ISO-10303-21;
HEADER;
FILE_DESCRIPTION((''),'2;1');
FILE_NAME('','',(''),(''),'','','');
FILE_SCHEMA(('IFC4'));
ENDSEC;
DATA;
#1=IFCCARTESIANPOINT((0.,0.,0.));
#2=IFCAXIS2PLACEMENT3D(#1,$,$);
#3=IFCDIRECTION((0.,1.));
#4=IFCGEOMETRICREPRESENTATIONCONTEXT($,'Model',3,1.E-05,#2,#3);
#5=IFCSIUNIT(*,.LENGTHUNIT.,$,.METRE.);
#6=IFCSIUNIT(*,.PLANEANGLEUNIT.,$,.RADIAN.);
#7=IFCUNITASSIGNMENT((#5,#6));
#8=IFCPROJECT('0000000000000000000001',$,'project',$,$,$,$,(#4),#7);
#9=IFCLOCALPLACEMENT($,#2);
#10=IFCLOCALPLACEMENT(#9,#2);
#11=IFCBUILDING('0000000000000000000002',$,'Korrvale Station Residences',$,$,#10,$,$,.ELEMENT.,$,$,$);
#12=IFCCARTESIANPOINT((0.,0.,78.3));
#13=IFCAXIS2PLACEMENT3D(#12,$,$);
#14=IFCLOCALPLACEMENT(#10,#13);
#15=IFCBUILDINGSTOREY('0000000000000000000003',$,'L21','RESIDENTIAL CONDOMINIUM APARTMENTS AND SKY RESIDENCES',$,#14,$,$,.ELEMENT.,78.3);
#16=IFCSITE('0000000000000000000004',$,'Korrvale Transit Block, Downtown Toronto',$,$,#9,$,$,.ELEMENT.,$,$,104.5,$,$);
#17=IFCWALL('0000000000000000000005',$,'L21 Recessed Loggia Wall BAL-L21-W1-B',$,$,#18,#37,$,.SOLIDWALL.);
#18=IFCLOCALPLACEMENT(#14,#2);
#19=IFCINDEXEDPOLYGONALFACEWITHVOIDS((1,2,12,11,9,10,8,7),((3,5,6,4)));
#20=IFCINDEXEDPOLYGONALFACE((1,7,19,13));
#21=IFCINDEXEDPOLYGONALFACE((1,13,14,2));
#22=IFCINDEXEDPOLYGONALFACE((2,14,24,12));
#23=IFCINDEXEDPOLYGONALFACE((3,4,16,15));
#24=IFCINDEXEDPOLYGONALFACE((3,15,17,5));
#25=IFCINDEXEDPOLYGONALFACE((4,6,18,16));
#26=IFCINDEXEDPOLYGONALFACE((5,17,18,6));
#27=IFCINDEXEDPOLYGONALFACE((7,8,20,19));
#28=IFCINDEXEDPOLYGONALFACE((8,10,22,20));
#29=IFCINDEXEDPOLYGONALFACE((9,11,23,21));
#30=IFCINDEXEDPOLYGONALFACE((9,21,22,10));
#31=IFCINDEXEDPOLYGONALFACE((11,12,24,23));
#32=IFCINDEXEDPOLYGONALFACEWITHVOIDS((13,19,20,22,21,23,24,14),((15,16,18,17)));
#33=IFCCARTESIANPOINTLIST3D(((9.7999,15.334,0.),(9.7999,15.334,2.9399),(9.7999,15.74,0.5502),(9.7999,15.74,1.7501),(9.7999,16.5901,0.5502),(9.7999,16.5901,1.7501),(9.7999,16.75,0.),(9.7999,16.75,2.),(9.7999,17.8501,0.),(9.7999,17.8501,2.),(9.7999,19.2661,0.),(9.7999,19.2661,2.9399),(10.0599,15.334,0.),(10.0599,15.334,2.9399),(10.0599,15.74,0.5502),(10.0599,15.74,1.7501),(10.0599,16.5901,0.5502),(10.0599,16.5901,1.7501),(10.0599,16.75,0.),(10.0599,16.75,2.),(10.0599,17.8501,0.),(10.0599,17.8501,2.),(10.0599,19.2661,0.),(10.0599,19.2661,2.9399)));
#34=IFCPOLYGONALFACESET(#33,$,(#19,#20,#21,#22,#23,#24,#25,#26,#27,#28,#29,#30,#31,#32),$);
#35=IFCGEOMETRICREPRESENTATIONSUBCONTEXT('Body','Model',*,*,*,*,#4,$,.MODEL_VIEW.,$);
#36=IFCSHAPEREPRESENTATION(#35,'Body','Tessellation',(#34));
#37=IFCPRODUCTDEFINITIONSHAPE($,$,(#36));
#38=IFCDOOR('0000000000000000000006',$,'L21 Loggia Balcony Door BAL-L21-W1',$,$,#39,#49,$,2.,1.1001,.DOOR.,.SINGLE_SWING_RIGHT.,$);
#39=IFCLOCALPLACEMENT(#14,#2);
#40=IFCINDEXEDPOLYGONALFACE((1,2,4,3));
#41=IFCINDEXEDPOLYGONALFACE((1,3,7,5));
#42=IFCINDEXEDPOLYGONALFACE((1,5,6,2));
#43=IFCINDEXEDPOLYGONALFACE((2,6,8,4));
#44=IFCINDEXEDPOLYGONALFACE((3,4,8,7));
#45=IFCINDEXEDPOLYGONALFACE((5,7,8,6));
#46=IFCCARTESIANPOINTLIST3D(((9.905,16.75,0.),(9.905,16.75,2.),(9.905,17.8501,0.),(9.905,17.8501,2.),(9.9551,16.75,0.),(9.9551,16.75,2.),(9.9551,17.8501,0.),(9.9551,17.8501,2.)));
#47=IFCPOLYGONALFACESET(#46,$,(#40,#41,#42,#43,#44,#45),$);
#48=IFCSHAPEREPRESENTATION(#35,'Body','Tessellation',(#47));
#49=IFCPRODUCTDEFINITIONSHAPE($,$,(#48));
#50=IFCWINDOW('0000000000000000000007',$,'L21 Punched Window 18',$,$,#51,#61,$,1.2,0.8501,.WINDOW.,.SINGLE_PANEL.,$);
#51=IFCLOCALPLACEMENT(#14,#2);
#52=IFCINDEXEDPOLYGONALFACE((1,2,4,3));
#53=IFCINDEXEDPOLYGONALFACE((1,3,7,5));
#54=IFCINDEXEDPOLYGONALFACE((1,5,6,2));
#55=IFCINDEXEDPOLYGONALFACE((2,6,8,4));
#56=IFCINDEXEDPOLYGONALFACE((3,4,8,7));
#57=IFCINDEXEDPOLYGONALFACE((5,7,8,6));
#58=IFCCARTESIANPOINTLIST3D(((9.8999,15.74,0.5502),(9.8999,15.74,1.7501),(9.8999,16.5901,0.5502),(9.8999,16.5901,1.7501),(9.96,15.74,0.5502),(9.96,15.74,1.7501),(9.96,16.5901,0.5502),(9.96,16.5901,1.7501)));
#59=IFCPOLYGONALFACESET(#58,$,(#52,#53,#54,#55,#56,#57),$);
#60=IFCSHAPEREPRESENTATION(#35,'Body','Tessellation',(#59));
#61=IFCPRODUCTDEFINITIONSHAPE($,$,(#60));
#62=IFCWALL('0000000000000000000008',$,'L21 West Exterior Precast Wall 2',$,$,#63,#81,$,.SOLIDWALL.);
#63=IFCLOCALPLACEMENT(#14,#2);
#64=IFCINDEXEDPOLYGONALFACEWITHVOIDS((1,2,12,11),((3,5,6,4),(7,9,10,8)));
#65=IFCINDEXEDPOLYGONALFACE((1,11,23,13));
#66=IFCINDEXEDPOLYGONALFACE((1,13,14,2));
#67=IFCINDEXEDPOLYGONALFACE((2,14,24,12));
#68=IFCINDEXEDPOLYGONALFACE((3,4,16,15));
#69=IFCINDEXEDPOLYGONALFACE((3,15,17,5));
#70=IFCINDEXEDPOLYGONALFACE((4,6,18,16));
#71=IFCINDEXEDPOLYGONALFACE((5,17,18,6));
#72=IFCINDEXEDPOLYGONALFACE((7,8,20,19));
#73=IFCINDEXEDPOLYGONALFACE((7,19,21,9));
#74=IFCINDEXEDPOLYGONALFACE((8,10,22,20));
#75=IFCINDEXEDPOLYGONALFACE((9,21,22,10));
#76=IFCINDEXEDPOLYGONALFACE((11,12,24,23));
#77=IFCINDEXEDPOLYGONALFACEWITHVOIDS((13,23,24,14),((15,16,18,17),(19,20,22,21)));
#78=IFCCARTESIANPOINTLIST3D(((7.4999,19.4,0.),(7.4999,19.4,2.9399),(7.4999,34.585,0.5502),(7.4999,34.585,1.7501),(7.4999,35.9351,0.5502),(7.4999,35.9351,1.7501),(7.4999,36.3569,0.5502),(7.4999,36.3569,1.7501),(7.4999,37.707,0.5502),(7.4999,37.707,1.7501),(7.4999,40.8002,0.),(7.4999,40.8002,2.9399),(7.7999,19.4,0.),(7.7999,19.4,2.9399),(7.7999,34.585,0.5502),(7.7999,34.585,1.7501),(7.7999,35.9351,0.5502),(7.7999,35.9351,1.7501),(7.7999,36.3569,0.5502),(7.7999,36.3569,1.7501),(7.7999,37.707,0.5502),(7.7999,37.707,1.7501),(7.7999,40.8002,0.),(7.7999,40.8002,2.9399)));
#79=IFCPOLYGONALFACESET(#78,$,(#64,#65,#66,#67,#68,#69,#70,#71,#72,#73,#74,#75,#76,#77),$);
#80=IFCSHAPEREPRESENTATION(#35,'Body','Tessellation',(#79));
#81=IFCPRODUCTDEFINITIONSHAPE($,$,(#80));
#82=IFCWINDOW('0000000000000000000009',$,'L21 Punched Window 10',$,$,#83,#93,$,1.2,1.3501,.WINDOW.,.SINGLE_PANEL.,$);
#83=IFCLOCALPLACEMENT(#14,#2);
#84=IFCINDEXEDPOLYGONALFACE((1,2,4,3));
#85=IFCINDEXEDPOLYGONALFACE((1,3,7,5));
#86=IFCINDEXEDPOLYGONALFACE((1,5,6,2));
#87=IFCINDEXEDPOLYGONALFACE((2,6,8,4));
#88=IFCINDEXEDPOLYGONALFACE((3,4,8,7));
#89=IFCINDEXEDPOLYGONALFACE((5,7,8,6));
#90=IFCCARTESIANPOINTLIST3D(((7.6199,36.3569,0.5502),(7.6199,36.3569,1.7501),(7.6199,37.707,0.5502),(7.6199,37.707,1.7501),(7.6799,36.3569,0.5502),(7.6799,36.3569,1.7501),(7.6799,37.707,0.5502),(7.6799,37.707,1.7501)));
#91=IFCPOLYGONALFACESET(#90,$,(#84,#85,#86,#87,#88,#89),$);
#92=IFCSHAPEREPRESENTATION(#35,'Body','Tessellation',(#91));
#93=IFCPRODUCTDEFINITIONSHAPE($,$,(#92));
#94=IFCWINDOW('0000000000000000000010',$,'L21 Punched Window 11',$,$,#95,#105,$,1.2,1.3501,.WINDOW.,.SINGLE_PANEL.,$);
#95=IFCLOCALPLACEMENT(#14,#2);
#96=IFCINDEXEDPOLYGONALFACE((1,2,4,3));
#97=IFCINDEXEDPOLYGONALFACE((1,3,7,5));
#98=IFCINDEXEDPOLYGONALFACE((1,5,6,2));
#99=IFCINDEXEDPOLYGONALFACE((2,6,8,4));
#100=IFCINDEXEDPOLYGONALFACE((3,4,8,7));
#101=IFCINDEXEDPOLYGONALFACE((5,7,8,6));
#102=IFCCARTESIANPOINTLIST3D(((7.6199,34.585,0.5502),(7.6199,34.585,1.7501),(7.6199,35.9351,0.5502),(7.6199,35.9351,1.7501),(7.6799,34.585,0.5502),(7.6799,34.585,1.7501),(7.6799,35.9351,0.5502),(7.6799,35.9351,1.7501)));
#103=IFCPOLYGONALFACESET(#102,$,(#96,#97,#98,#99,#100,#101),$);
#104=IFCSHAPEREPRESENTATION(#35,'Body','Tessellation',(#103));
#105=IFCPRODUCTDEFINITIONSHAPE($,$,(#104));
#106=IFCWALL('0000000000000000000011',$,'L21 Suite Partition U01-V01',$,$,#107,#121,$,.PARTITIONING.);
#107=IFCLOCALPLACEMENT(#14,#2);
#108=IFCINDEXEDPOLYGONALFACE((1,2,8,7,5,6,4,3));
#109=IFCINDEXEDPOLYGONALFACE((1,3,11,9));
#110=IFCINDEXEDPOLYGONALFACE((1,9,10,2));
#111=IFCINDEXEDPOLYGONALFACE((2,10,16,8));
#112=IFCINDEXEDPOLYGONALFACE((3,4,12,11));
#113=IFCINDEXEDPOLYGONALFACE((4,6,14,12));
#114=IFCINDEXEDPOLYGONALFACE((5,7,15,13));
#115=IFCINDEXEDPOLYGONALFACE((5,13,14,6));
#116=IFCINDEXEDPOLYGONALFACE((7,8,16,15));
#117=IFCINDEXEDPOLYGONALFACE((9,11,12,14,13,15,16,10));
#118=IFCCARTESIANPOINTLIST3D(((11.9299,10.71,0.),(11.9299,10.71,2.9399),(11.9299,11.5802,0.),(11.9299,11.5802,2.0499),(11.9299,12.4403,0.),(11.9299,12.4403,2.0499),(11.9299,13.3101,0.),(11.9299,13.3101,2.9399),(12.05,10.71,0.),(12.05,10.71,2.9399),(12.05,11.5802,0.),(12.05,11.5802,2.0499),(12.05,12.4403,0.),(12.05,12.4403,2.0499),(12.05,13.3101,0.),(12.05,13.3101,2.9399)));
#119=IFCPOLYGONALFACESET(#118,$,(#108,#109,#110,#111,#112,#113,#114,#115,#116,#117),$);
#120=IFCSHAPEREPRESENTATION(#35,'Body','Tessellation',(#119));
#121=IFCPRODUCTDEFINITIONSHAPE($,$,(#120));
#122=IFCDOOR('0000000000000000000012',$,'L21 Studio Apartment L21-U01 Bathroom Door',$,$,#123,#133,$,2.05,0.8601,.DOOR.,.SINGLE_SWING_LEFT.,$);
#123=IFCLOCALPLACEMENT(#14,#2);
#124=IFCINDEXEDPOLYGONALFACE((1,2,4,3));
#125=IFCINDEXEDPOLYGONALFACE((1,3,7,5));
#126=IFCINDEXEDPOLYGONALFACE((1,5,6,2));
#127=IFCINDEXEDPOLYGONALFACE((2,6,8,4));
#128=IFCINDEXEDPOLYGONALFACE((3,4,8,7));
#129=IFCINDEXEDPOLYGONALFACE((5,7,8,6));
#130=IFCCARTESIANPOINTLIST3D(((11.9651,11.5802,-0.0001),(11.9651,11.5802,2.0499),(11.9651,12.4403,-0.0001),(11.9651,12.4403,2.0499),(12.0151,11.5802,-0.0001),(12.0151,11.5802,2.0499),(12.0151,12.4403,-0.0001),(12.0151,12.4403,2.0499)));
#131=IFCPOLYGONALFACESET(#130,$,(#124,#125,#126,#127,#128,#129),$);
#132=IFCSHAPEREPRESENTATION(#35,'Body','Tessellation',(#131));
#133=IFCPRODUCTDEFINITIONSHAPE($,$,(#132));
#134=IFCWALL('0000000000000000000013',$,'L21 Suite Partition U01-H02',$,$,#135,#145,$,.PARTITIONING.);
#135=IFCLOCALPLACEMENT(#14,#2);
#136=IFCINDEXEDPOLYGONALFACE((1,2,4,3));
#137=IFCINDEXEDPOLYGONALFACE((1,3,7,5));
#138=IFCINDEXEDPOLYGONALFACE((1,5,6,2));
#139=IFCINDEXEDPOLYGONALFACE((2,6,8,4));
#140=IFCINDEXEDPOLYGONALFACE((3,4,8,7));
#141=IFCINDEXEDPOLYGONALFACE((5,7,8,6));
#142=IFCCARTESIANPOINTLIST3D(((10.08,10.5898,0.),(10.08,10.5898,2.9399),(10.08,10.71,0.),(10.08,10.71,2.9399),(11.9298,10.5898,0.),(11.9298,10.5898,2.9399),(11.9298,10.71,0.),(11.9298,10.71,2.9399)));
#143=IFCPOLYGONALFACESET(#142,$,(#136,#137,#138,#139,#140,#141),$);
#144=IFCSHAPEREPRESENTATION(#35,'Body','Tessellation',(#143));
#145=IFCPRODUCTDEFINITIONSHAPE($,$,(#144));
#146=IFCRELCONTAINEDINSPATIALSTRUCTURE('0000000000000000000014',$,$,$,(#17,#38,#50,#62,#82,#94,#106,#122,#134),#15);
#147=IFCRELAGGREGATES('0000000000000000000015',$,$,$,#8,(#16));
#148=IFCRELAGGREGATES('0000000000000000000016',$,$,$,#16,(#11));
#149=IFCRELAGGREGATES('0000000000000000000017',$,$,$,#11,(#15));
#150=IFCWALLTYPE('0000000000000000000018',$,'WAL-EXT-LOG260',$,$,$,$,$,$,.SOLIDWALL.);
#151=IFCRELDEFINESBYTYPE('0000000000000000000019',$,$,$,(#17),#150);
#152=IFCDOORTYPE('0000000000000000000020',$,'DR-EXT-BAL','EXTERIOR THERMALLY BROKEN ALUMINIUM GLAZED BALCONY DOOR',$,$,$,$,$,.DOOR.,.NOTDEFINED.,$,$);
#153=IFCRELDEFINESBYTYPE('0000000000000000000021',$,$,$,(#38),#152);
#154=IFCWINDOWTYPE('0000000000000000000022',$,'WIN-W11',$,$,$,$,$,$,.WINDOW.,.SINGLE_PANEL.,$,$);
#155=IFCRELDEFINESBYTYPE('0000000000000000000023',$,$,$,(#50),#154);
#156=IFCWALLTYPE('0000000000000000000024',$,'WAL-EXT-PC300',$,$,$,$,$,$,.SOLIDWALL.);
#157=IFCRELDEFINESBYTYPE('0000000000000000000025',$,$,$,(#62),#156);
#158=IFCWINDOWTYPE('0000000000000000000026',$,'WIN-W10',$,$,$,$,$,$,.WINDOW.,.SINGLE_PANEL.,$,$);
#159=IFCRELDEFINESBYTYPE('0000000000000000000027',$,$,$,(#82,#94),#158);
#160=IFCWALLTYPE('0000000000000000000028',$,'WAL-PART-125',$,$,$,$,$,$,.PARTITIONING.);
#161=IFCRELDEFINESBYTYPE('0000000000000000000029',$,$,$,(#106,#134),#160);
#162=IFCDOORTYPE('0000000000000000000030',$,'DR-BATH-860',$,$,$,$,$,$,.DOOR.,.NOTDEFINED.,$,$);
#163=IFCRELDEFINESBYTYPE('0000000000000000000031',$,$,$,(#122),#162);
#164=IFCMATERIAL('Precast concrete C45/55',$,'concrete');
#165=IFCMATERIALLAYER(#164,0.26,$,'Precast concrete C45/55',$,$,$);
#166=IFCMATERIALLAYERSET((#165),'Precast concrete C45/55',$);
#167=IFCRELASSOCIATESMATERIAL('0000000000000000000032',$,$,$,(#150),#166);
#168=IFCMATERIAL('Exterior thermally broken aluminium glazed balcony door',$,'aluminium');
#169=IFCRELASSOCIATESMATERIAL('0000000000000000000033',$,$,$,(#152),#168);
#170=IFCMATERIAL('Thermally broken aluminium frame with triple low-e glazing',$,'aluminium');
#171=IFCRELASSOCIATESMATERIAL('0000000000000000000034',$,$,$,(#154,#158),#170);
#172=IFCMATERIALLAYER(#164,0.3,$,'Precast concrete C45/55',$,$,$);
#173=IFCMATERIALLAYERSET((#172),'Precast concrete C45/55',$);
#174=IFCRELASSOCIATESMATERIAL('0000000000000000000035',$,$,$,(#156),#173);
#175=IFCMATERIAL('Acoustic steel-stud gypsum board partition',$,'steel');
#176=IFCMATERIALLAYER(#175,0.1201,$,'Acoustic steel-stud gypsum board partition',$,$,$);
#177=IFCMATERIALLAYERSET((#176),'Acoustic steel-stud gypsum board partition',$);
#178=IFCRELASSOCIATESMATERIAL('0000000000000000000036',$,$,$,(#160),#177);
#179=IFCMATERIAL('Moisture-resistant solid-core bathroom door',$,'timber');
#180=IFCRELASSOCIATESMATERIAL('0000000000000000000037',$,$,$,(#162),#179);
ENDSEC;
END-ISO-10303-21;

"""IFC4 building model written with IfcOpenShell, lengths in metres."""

from ifc_helpers import new_model, si_unit, direction, frame, frame_2d, origin, place, context, subcontext, project, spatial, rectangle, extrude, material, layer, layer_set, type_object, element, fill, save


model = new_model("IFC4")

# Units and contexts
model_context = context("Model", 3, precision=1e-05, world=origin(), true_north=direction((0.0, 1.0)))
body_context = subcontext(model_context, "Body", "Model", "MODEL_VIEW")
ifc_project = project(units=[si_unit("LENGTHUNIT", "METRE"), si_unit("PLANEANGLEUNIT", "RADIAN")], contexts=[model_context])

# Site, building, storey
site_placement = place(None, origin())
site = spatial("IfcSite", under=ifc_project, at=site_placement, Name="Korrvale Transit Block, Downtown Toronto", CompositionType="ELEMENT", RefElevation=104.5)
building_placement = place(site_placement, origin())
building = spatial("IfcBuilding", under=site, at=building_placement, Name="Korrvale Station Residences", CompositionType="ELEMENT")
storey_placement = place(building_placement, frame((0.0, 0.0, 78.3)))
storey = spatial("IfcBuildingStorey", under=building, at=storey_placement, Name="L21", Description="RESIDENTIAL CONDOMINIUM APARTMENTS AND SKY RESIDENCES", CompositionType="ELEMENT", Elevation=78.3)

# Shared definitions
ifc_material_1 = material(Name="Precast concrete C45/55", Category="concrete")
ifc_layer_1 = layer(ifc_material_1, 0.26, Name="Precast concrete C45/55")
ifc_layer_set_1 = layer_set([ifc_layer_1], Name="Precast concrete C45/55")
wall_type_1 = type_object("IfcWallType", Name="WAL-EXT-LOG260", PredefinedType="SOLIDWALL", material=ifc_layer_set_1)

# Wall, openings, door, window
wall_1_placement = place(storey_placement, frame((9.9299, 15.334, 0.0), z_axis=(0.0, 0.0, 1.0), x_axis=(0.0, 1.0, 0.0)))
wall_1 = element("IfcWall", 1, at=wall_1_placement, inside=storey, type_object=wall_type_1, Name="L21 Recessed Loggia Wall BAL-L21-W1-B", PredefinedType="SOLIDWALL", context=body_context, shape_type="SweptSolid", body=[
    extrude(rectangle(XDim=3.9321, YDim=0.26, at=frame_2d((1.9661, 0.0))), origin(), (0.0, 0.0, 1.0), 2.9399),
])
opening_1_placement = place(wall_1_placement, frame((1.416, 0.0, 0.0)))
opening_1 = element("IfcOpeningElement", 2, at=opening_1_placement, cuts=wall_1, PredefinedType="OPENING", context=body_context, shape_type="SweptSolid", body=[
    extrude(rectangle(XDim=1.1001, YDim=2.0, at=frame_2d((0.55, 1.0))), frame((0.0, 0.1401, 0.0), z_axis=(0.0, -1.0, 0.0), x_axis=(1.0, 0.0, 0.0)), (0.0, 0.0, 1.0), 0.28),
])
opening_2_placement = place(wall_1_placement, frame((0.406, 0.0, 0.55)))
opening_2 = element("IfcOpeningElement", 3, at=opening_2_placement, cuts=wall_1, PredefinedType="OPENING", context=body_context, shape_type="SweptSolid", body=[
    extrude(rectangle(XDim=0.8501, YDim=1.2, at=frame_2d((0.425, 0.6001))), frame((0.0, 0.1401, 0.0), z_axis=(0.0, -1.0, 0.0), x_axis=(1.0, 0.0, 0.0)), (0.0, 0.0, 1.0), 0.28),
])
ifc_material_2 = material(Name="Exterior thermally broken aluminium glazed balcony door", Category="aluminium")
door_type_1 = type_object("IfcDoorType", Name="DR-EXT-BAL", Description="EXTERIOR THERMALLY BROKEN ALUMINIUM GLAZED BALCONY DOOR", OperationType="NOTDEFINED", PredefinedType="DOOR", material=ifc_material_2)
door_1_placement = place(opening_1_placement, origin())
door_1 = element("IfcDoor", 4, at=door_1_placement, inside=storey, type_object=door_type_1, Name="L21 Loggia Balcony Door BAL-L21-W1", OperationType="SINGLE_SWING_RIGHT", OverallHeight=2.0, OverallWidth=1.1001, PredefinedType="DOOR", context=body_context, shape_type="SweptSolid", body=[
    extrude(rectangle(XDim=1.1001, YDim=2.0, at=frame_2d((0.55, 1.0))), frame((0.0, 0.0249, 0.0), z_axis=(0.0, -1.0, 0.0), x_axis=(1.0, 0.0, 0.0)), (0.0, 0.0, 1.0), 0.05),
])
fill(opening_1, door_1)
ifc_material_3 = material(Name="Thermally broken aluminium frame with triple low-e glazing", Category="aluminium")
window_type_1 = type_object("IfcWindowType", Name="WIN-W11", PartitioningType="SINGLE_PANEL", PredefinedType="WINDOW", material=ifc_material_3)
window_1_placement = place(opening_2_placement, origin())
window_1 = element("IfcWindow", 5, at=window_1_placement, inside=storey, type_object=window_type_1, Name="L21 Punched Window 18", OverallHeight=1.2, OverallWidth=0.8501, PartitioningType="SINGLE_PANEL", PredefinedType="WINDOW", context=body_context, shape_type="SweptSolid", body=[
    extrude(rectangle(XDim=0.8501, YDim=1.2, at=frame_2d((0.425, 0.6001))), frame((0.0, 0.03, 0.0), z_axis=(0.0, -1.0, 0.0), x_axis=(1.0, 0.0, 0.0)), (0.0, 0.0, 1.0), 0.0601),
])
fill(opening_2, window_1)

# Wall, openings, windows
ifc_layer_2 = layer(ifc_material_1, 0.3, Name="Precast concrete C45/55")
ifc_layer_set_2 = layer_set([ifc_layer_2], Name="Precast concrete C45/55")
wall_type_2 = type_object("IfcWallType", Name="WAL-EXT-PC300", PredefinedType="SOLIDWALL", material=ifc_layer_set_2)
wall_2_placement = place(storey_placement, frame((7.6499, 19.3999, 0.0), z_axis=(0.0, 0.0, 1.0), x_axis=(0.0, 1.0, 0.0)))
wall_2 = element("IfcWall", 6, at=wall_2_placement, inside=storey, type_object=wall_type_2, Name="L21 West Exterior Precast Wall 2", PredefinedType="SOLIDWALL", context=body_context, shape_type="SweptSolid", body=[
    extrude(rectangle(XDim=21.4001, YDim=0.3, at=frame_2d((10.7002, 0.0))), origin(), (0.0, 0.0, 1.0), 2.9399),
])
opening_3_placement = place(wall_2_placement, frame((16.957, 0.0, 0.55)))
opening_3 = element("IfcOpeningElement", 7, at=opening_3_placement, cuts=wall_2, PredefinedType="OPENING", context=body_context, shape_type="SweptSolid", body=[
    extrude(rectangle(XDim=1.3501, YDim=1.2, at=frame_2d((0.675, 0.6001))), frame((0.0, 0.1602, 0.0), z_axis=(0.0, -1.0, 0.0), x_axis=(1.0, 0.0, 0.0)), (0.0, 0.0, 1.0), 0.3201),
])
opening_4_placement = place(wall_2_placement, frame((15.1851, 0.0, 0.55)))
opening_4 = element("IfcOpeningElement", 8, at=opening_4_placement, cuts=wall_2, PredefinedType="OPENING", context=body_context, shape_type="SweptSolid", body=[
    extrude(rectangle(XDim=1.3501, YDim=1.2, at=frame_2d((0.675, 0.6001))), frame((0.0, 0.1602, 0.0), z_axis=(0.0, -1.0, 0.0), x_axis=(1.0, 0.0, 0.0)), (0.0, 0.0, 1.0), 0.3201),
])
window_type_2 = type_object("IfcWindowType", Name="WIN-W10", PartitioningType="SINGLE_PANEL", PredefinedType="WINDOW", material=ifc_material_3)
window_2_placement = place(opening_3_placement, origin())
window_2 = element("IfcWindow", 9, at=window_2_placement, inside=storey, type_object=window_type_2, Name="L21 Punched Window 10", OverallHeight=1.2, OverallWidth=1.3501, PartitioningType="SINGLE_PANEL", PredefinedType="WINDOW", context=body_context, shape_type="SweptSolid", body=[
    extrude(rectangle(XDim=1.3501, YDim=1.2, at=frame_2d((0.675, 0.6001))), frame((0.0, 0.03, 0.0), z_axis=(0.0, -1.0, 0.0), x_axis=(1.0, 0.0, 0.0)), (0.0, 0.0, 1.0), 0.0601),
])
fill(opening_3, window_2)
window_3_placement = place(opening_4_placement, origin())
window_3 = element("IfcWindow", 10, at=window_3_placement, inside=storey, type_object=window_type_2, Name="L21 Punched Window 11", OverallHeight=1.2, OverallWidth=1.3501, PartitioningType="SINGLE_PANEL", PredefinedType="WINDOW", context=body_context, shape_type="SweptSolid", body=[
    extrude(rectangle(XDim=1.3501, YDim=1.2, at=frame_2d((0.675, 0.6001))), frame((0.0, 0.03, 0.0), z_axis=(0.0, -1.0, 0.0), x_axis=(1.0, 0.0, 0.0)), (0.0, 0.0, 1.0), 0.0601),
])
fill(opening_4, window_3)

# Wall, opening, door
ifc_material_4 = material(Name="Acoustic steel-stud gypsum board partition", Category="steel")
ifc_layer_3 = layer(ifc_material_4, 0.1201, Name="Acoustic steel-stud gypsum board partition")
ifc_layer_set_3 = layer_set([ifc_layer_3], Name="Acoustic steel-stud gypsum board partition")
wall_type_3 = type_object("IfcWallType", Name="WAL-PART-125", PredefinedType="PARTITIONING", material=ifc_layer_set_3)
wall_3_placement = place(storey_placement, frame((11.99, 10.71, 0.0), z_axis=(0.0, 0.0, 1.0), x_axis=(0.0, 1.0, 0.0)))
wall_3 = element("IfcWall", 11, at=wall_3_placement, inside=storey, type_object=wall_type_3, Name="L21 Suite Partition U01-V01", PredefinedType="PARTITIONING", context=body_context, shape_type="SweptSolid", body=[
    extrude(rectangle(XDim=2.6001, YDim=0.1201, at=frame_2d((1.3, 0.0))), origin(), (0.0, 0.0, 1.0), 2.9399),
])
opening_5_placement = place(wall_3_placement, frame((0.8701, 0.0, 0.0)))
opening_5 = element("IfcOpeningElement", 12, at=opening_5_placement, cuts=wall_3, PredefinedType="OPENING", context=body_context, shape_type="SweptSolid", body=[
    extrude(rectangle(XDim=0.8601, YDim=2.05, at=frame_2d((0.4302, 1.0249))), frame((0.0, 0.0701, 0.0), z_axis=(0.0, -1.0, 0.0), x_axis=(1.0, 0.0, 0.0)), (0.0, 0.0, 1.0), 0.1401),
])
ifc_material_5 = material(Name="Moisture-resistant solid-core bathroom door", Category="timber")
door_type_2 = type_object("IfcDoorType", Name="DR-BATH-860", OperationType="NOTDEFINED", PredefinedType="DOOR", material=ifc_material_5)
door_2_placement = place(opening_5_placement, origin())
door_2 = element("IfcDoor", 13, at=door_2_placement, inside=storey, type_object=door_type_2, Name="L21 Studio Apartment L21-U01 Bathroom Door", OperationType="SINGLE_SWING_LEFT", OverallHeight=2.05, OverallWidth=0.8601, PredefinedType="DOOR", context=body_context, shape_type="SweptSolid", body=[
    extrude(rectangle(XDim=0.8601, YDim=2.05, at=frame_2d((0.4302, 1.0249))), frame((0.0, 0.0249, 0.0), z_axis=(0.0, -1.0, 0.0), x_axis=(1.0, 0.0, 0.0)), (0.0, 0.0, 1.0), 0.05),
])
fill(opening_5, door_2)

# Wall
wall_4_placement = place(storey_placement, frame((10.0801, 10.6499, 0.0), z_axis=(0.0, 0.0, 1.0), x_axis=(1.0, 0.0, 0.0)))
element("IfcWall", 14, at=wall_4_placement, inside=storey, type_object=wall_type_3, Name="L21 Suite Partition U01-H02", PredefinedType="PARTITIONING", context=body_context, shape_type="SweptSolid", body=[
    extrude(rectangle(XDim=1.8499, YDim=0.1201, at=frame_2d((0.9248, 0.0))), origin(), (0.0, 0.0, 1.0), 2.9399),
])

save(model, "model.ifc")
